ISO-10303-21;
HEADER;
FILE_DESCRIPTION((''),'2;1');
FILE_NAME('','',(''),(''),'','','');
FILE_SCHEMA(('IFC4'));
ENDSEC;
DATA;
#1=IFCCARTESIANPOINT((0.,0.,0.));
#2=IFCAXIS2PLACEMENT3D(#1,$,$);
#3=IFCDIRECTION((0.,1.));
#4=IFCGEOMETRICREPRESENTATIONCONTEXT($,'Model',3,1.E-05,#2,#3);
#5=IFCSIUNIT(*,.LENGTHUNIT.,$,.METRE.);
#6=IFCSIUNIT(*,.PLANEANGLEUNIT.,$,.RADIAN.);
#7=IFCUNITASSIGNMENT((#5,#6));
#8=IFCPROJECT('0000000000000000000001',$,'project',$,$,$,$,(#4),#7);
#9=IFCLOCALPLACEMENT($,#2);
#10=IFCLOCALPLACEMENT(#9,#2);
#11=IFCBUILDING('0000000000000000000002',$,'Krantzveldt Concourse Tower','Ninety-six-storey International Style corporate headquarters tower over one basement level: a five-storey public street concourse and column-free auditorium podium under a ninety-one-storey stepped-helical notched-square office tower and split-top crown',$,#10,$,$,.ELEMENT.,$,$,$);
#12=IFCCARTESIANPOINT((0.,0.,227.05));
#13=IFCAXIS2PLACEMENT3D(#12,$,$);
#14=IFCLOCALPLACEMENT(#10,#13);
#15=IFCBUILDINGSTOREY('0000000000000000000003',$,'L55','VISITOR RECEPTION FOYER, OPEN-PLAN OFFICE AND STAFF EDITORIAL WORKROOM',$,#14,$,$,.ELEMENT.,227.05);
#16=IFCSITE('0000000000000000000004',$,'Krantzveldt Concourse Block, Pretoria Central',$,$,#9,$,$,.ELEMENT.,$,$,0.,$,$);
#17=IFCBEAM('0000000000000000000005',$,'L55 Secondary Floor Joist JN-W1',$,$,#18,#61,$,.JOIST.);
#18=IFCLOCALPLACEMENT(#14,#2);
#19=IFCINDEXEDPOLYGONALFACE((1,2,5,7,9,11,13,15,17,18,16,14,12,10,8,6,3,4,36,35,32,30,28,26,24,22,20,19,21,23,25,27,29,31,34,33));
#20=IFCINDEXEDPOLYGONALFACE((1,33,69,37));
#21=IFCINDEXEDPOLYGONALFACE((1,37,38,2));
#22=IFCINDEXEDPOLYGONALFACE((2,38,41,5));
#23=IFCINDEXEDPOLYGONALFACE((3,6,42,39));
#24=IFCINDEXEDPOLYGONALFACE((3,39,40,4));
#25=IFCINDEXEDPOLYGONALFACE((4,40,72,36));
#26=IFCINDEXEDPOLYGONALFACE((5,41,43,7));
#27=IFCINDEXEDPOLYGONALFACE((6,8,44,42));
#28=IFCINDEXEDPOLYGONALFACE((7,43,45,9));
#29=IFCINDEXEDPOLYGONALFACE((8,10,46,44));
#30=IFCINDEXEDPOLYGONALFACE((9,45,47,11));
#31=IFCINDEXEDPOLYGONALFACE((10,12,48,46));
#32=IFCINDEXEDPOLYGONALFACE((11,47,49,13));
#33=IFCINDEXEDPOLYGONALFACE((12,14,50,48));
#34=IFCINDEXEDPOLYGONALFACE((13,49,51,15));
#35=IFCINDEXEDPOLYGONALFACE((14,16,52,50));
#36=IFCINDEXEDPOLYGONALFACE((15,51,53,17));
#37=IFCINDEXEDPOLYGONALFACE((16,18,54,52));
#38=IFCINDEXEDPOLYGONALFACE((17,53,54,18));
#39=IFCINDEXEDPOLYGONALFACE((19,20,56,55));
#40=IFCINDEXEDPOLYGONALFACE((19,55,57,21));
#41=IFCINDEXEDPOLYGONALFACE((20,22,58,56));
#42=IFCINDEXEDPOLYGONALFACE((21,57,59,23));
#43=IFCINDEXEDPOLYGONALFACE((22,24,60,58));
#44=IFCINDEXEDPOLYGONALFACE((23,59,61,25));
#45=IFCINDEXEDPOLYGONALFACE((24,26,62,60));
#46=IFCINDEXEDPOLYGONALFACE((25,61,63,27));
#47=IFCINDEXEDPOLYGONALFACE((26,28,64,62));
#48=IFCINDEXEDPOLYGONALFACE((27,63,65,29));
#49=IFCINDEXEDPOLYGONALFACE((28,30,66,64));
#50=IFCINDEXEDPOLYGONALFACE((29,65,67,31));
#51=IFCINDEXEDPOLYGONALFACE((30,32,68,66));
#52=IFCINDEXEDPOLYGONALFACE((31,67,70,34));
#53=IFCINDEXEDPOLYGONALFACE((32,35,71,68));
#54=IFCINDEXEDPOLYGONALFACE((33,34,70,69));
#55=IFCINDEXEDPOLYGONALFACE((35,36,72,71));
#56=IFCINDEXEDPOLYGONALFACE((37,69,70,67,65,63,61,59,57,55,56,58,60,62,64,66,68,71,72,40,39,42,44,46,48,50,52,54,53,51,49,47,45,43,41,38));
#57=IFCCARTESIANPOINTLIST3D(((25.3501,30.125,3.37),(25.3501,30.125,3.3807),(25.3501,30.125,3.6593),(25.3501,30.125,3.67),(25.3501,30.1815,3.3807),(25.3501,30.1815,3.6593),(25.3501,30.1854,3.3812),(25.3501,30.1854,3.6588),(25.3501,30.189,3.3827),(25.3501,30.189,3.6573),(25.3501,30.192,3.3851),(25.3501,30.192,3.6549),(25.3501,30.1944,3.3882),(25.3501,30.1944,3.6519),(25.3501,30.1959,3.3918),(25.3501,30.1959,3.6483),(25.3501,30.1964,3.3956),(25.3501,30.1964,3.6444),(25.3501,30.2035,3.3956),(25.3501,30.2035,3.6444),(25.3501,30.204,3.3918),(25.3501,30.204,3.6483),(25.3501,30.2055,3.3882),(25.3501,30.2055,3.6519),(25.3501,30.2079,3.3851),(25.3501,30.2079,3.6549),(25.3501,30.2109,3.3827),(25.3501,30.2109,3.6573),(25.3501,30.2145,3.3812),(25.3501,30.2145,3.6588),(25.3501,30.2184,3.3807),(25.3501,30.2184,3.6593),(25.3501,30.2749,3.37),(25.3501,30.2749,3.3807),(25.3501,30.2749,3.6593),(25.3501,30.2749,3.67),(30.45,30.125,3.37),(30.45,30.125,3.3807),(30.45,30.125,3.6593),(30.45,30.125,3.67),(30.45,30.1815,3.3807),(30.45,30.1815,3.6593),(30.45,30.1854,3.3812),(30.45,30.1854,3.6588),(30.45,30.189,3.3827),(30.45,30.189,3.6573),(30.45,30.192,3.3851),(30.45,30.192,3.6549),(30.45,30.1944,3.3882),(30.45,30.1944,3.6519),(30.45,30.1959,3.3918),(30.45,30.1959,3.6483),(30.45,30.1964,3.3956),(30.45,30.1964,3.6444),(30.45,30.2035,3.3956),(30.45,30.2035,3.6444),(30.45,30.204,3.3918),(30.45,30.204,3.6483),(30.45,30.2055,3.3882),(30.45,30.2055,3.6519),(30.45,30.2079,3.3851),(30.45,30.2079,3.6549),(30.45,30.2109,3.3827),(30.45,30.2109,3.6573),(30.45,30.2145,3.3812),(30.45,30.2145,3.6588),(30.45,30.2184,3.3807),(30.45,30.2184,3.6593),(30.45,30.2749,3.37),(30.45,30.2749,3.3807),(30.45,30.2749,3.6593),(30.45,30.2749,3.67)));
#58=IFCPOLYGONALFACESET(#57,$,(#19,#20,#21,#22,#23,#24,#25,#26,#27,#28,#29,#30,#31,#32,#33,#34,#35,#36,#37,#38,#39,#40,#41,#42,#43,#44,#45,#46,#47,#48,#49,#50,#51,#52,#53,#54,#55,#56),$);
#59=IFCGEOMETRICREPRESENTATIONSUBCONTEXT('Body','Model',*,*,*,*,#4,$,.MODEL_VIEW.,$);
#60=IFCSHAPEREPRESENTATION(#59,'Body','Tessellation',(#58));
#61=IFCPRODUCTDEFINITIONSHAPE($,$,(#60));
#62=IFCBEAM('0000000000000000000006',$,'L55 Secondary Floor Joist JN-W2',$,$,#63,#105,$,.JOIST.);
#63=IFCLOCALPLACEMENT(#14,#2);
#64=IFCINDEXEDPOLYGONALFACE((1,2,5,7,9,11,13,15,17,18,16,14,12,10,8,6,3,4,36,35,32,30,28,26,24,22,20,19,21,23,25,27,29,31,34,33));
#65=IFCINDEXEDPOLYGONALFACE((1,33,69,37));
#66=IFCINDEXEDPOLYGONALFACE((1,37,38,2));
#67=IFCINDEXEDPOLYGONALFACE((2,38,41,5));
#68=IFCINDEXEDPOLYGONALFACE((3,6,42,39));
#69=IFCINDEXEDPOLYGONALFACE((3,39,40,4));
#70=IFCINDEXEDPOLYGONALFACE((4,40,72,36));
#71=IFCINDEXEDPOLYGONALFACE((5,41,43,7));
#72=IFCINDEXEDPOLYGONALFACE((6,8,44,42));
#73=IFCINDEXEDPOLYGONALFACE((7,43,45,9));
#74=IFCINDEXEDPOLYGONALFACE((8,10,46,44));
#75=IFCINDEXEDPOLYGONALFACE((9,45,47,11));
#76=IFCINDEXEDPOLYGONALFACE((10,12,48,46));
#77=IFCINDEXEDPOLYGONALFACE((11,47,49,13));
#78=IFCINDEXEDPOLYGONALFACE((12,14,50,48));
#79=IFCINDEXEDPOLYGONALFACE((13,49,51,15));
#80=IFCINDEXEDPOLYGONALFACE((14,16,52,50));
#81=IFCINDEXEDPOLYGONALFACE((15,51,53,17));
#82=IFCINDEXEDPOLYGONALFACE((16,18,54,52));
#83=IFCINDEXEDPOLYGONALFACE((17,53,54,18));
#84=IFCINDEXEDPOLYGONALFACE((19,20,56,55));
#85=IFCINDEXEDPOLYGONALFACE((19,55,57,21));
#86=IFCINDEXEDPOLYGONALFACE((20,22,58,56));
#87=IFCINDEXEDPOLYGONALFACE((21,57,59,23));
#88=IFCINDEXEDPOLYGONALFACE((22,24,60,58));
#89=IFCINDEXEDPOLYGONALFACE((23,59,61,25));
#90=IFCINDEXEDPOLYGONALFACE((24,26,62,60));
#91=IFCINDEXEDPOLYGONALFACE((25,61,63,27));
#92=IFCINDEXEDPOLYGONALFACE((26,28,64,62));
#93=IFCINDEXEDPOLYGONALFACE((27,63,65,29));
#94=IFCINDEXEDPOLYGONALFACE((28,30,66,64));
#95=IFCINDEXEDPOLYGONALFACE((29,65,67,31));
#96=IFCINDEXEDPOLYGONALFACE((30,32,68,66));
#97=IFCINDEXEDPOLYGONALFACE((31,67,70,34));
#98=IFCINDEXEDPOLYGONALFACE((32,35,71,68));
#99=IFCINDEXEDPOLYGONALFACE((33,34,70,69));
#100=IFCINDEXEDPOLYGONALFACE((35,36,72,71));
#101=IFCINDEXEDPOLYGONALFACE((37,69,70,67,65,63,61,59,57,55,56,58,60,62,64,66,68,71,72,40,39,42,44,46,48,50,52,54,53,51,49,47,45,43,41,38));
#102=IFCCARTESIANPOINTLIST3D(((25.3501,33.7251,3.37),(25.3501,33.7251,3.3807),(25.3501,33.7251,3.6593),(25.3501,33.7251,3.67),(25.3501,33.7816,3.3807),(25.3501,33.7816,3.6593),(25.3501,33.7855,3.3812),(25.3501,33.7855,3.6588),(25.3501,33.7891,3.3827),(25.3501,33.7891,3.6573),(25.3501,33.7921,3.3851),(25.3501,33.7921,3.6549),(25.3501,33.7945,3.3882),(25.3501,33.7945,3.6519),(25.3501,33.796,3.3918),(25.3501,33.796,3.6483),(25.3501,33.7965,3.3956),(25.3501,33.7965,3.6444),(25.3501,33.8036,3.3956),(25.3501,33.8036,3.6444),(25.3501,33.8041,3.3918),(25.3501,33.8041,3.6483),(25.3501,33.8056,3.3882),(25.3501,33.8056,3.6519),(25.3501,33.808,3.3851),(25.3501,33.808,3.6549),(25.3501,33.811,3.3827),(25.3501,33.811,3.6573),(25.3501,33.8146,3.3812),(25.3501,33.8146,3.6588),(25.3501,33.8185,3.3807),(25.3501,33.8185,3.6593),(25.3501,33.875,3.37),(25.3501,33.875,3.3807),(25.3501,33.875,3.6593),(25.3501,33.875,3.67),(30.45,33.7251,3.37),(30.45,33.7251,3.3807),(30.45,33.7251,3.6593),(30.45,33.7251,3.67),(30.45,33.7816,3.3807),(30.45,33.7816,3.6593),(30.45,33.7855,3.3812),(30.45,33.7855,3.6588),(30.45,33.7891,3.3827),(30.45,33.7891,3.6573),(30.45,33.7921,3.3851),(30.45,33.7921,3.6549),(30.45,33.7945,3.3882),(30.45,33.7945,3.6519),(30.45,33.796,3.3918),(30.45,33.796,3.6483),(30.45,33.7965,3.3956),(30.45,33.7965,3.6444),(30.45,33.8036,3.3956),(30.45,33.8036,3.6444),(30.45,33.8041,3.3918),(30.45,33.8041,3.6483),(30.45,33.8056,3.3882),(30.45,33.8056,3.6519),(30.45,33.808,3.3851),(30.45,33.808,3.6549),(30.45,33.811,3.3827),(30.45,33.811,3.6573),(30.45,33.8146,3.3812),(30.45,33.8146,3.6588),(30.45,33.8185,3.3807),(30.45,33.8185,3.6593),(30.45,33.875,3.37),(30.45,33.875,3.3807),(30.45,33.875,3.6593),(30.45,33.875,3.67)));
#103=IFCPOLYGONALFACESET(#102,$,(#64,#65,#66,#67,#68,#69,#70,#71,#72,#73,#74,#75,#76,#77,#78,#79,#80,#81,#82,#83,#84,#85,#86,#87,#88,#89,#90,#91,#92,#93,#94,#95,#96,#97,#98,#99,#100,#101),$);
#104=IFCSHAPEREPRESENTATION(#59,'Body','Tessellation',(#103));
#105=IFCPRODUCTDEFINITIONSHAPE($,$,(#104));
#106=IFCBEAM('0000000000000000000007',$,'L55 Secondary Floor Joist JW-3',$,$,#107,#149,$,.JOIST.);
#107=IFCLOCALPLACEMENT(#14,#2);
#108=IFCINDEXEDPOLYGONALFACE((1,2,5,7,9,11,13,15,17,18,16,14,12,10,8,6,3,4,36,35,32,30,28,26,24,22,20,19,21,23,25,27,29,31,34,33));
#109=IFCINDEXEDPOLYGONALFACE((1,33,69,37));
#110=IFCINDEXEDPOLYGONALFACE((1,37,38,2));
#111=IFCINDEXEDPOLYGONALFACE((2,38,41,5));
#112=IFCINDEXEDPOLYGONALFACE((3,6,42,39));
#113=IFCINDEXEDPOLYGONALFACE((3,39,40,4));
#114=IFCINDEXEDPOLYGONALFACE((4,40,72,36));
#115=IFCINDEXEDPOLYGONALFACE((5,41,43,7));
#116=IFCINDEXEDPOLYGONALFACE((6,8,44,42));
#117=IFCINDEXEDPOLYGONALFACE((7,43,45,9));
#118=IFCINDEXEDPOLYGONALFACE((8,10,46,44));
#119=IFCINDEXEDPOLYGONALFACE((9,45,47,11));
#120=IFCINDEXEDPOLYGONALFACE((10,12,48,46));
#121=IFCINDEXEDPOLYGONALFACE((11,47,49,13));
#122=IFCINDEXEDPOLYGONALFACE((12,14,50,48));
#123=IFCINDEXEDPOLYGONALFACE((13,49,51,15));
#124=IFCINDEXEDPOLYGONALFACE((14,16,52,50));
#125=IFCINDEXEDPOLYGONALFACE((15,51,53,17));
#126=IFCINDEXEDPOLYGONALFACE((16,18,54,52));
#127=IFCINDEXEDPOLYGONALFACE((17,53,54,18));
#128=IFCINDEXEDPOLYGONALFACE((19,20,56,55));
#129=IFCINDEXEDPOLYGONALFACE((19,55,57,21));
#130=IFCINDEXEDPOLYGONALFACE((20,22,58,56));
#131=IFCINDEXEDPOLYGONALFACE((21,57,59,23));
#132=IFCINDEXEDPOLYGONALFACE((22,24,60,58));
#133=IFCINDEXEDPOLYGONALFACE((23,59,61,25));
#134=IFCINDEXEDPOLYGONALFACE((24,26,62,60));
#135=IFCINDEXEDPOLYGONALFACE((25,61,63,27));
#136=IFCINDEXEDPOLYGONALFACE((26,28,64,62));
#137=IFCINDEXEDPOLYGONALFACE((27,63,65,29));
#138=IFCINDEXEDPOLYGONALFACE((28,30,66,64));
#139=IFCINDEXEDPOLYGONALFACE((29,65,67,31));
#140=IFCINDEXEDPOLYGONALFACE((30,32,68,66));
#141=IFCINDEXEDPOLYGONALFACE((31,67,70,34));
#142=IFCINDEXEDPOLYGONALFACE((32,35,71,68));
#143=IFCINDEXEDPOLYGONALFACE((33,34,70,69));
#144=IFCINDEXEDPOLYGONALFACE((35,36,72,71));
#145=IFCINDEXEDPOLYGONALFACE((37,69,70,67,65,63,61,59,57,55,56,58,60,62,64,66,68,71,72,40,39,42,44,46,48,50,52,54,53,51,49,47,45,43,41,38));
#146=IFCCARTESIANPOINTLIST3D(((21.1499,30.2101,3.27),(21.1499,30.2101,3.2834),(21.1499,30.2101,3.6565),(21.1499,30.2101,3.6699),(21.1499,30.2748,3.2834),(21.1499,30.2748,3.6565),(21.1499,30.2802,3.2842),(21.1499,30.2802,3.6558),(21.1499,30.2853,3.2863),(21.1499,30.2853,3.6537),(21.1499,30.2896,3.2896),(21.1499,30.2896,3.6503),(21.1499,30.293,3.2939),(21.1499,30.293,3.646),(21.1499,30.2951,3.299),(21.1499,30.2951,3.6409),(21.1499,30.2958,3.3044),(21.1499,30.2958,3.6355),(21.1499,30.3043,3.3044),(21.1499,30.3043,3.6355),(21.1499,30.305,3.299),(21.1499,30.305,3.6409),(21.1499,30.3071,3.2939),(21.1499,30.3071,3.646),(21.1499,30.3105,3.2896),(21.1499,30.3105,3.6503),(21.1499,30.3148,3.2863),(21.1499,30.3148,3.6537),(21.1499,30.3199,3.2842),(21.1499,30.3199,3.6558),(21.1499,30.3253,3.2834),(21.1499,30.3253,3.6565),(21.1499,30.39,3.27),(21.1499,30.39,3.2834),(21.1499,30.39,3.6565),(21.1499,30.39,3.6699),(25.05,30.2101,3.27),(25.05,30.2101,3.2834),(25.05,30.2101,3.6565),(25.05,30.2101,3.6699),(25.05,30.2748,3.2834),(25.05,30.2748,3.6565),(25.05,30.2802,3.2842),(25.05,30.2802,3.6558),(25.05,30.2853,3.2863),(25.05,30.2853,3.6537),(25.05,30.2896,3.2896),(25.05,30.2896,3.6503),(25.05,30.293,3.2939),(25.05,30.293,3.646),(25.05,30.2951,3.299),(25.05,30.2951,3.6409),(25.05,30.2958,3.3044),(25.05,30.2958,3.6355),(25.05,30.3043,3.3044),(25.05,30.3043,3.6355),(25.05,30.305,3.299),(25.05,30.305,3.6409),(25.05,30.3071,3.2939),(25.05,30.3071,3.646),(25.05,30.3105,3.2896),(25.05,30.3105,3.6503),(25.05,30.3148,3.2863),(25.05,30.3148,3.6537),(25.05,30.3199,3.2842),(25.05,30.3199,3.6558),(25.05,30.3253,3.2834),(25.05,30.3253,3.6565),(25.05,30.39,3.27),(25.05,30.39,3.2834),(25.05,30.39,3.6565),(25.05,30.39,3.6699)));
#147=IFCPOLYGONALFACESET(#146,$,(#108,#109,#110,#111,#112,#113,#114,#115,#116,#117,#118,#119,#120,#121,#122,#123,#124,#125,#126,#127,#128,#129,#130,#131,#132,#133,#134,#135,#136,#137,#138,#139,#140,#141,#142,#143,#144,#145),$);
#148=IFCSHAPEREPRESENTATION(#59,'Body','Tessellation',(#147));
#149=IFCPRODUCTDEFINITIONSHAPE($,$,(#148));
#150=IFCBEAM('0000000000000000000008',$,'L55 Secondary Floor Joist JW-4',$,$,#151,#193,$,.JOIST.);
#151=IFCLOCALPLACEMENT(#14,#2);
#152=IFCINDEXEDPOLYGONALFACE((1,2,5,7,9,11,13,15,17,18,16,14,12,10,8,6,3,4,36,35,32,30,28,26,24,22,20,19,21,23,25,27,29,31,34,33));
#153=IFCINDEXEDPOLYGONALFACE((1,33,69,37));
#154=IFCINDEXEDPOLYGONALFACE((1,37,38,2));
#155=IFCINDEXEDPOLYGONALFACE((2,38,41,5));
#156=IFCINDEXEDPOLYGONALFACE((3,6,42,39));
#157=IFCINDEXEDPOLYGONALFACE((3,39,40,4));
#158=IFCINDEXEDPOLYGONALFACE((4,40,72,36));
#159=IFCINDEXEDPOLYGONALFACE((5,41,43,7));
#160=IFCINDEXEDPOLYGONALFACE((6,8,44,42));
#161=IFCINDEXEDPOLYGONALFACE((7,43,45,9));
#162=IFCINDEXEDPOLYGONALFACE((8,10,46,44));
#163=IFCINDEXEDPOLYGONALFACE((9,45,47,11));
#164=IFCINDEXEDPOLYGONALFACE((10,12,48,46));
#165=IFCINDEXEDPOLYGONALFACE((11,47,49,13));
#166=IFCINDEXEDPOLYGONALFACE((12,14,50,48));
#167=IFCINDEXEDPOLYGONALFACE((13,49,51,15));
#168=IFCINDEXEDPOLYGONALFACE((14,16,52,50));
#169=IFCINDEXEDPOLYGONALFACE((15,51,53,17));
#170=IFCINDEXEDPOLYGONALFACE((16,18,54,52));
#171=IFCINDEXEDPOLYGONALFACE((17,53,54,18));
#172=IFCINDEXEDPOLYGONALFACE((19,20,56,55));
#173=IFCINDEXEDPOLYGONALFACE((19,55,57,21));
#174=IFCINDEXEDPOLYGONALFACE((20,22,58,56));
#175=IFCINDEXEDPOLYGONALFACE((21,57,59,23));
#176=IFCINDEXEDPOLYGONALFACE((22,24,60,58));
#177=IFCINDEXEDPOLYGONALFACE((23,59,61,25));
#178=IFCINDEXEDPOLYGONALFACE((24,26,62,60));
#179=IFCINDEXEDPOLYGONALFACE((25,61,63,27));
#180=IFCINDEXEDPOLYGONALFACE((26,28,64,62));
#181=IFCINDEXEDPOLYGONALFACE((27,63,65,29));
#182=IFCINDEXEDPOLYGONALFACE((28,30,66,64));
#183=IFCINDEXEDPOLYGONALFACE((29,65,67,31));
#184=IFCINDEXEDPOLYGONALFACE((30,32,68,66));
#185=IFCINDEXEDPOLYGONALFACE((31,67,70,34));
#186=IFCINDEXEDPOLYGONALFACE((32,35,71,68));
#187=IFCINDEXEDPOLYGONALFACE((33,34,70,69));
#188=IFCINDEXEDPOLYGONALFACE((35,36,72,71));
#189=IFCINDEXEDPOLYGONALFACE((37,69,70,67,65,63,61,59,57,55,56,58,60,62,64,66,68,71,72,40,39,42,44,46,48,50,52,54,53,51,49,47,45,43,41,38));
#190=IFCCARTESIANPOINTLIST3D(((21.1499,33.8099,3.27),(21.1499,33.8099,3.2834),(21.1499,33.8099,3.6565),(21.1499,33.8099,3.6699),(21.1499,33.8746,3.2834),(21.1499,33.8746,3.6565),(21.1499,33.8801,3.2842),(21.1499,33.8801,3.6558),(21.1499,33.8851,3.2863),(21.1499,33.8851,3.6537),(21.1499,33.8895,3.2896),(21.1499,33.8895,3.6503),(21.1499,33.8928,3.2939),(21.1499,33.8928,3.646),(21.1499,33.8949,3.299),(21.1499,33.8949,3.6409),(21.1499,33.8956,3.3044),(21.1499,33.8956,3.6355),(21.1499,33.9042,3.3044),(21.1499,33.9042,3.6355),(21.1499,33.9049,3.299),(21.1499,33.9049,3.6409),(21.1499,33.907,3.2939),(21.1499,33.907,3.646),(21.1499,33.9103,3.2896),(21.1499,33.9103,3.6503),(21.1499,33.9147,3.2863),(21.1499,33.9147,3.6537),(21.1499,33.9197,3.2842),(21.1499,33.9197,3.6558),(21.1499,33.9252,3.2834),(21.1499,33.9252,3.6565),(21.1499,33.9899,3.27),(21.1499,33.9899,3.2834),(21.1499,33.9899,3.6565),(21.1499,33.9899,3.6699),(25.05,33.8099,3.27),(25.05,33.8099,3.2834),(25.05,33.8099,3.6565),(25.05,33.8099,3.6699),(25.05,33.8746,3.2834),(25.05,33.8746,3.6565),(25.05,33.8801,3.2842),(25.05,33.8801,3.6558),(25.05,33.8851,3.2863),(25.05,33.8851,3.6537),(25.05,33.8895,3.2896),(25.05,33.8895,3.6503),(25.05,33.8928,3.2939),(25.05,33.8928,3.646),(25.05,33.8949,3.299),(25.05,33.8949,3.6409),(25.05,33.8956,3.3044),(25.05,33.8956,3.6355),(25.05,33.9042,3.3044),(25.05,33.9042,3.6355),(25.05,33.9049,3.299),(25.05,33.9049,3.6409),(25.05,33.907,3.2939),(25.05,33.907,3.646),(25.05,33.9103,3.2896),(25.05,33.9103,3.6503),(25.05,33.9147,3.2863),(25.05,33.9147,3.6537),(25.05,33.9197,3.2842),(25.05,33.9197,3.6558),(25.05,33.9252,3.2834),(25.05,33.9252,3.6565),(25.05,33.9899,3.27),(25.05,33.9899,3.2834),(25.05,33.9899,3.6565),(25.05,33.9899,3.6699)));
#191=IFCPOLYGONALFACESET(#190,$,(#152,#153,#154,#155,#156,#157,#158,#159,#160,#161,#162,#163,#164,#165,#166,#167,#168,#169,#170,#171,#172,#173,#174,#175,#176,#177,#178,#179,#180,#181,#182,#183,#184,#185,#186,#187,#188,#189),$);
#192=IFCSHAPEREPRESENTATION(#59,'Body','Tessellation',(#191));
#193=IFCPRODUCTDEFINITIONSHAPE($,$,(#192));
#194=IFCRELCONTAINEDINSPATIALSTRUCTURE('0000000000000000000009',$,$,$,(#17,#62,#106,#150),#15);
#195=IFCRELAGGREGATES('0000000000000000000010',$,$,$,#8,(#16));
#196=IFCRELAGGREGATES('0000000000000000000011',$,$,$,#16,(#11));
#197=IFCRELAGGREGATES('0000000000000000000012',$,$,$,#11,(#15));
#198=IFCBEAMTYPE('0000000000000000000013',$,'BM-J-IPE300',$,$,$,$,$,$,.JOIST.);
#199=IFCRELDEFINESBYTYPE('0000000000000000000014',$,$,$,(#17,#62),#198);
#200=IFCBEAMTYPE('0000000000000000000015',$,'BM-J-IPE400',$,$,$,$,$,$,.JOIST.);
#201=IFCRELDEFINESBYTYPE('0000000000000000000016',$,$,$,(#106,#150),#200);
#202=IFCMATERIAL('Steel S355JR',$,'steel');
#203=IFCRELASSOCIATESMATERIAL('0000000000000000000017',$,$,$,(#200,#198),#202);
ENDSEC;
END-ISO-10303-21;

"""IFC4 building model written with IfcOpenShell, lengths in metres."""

from ifc_helpers import new_model, si_unit, direction, frame, origin, origin_2d, place, context, subcontext, project, spatial, i_section, extrude, source, transform, mapped, material, material_profile, profile_set, type_object, type_shapes, element, save


model = new_model("IFC4")

# Units and contexts
model_context = context("Model", 3, precision=1e-05, world=origin(), true_north=direction((0.0, 1.0)))
body_context = subcontext(model_context, "Body", "Model", "MODEL_VIEW")
ifc_project = project(units=[si_unit("LENGTHUNIT", "METRE"), si_unit("PLANEANGLEUNIT", "RADIAN")], contexts=[model_context])

# Site, building, storey
site_placement = place(None, origin())
site = spatial("IfcSite", under=ifc_project, at=site_placement, Name="Krantzveldt Concourse Block, Pretoria Central", CompositionType="ELEMENT", RefElevation=0.0)
building_placement = place(site_placement, origin())
building = spatial("IfcBuilding", under=site, at=building_placement, Name="Krantzveldt Concourse Tower", Description="Ninety-six-storey International Style corporate headquarters tower over one basement level: a five-storey public street concourse and column-free auditorium podium under a ninety-one-storey stepped-helical notched-square office tower and split-top crown", CompositionType="ELEMENT")
storey_placement = place(building_placement, frame((0.0, 0.0, 227.05)))
storey = spatial("IfcBuildingStorey", under=building, at=storey_placement, Name="L55", Description="VISITOR RECEPTION FOYER, OPEN-PLAN OFFICE AND STAFF EDITORIAL WORKROOM", CompositionType="ELEMENT", Elevation=227.05)

# Beams
ifc_material_1 = material(Name="Steel S355JR", Category="steel")
ifc_material_profile_1 = material_profile(ifc_material_1, i_section(OverallWidth=0.1799, OverallDepth=0.3999, WebThickness=0.0085, FlangeThickness=0.0134, FilletRadius=0.021, at=origin_2d()), Name="Steel S355JR", Category="steel")
ifc_profile_set_1 = profile_set([ifc_material_profile_1], Name="Steel S355JR - IPE 400")
beam_type_1 = type_object("IfcBeamType", Name="BM-J-IPE400", PredefinedType="JOIST", material=ifc_profile_set_1)
ifc_material_profile_2 = material_profile(ifc_material_1, i_section(OverallWidth=0.1499, OverallDepth=0.3, WebThickness=0.0071, FlangeThickness=0.0107, FilletRadius=0.0149, at=origin_2d()), Name="Steel S355JR", Category="steel")
ifc_profile_set_2 = profile_set([ifc_material_profile_2], Name="Steel S355JR - IPE 300")
beam_type_2 = type_object("IfcBeamType", Name="BM-J-IPE300", PredefinedType="JOIST", material=ifc_profile_set_2)
shared_shape_1 = source(origin(), body_context, "Body", "SweptSolid", [
    extrude(i_section(OverallWidth=0.1499, OverallDepth=0.3, WebThickness=0.0071, FlangeThickness=0.0107, FilletRadius=0.0149, at=origin_2d()), origin(), (0.0, 0.0, 1.0), 5.0999),
])
type_shapes(beam_type_2, [shared_shape_1])
for number, where, z_axis, x_axis, name in (
    (1, (25.3501, 30.2, 3.52), (1.0, 0.0, 0.0), (0.0, 1.0, 0.0), "L55 Secondary Floor Joist JN-W1"),
    (2, (25.3501, 33.8, 3.52), (1.0, 0.0, 0.0), (0.0, 1.0, 0.0), "L55 Secondary Floor Joist JN-W2"),
):
    element("IfcBeam", number, at=place(storey_placement, frame(where, z_axis=z_axis, x_axis=x_axis)), inside=storey, type_object=beam_type_2, Name=name, PredefinedType="JOIST", context=body_context, shape_type="MappedRepresentation", body=[
        mapped(shared_shape_1, transform((0.0, 0.0, 0.0), x_axis=(1.0, 0.0, 0.0), y_axis=(0.0, 1.0, 0.0), z_axis=(0.0, 0.0, 1.0), scale=1.0)),
    ])
shared_shape_2 = source(origin(), body_context, "Body", "SweptSolid", [
    extrude(i_section(OverallWidth=0.1799, OverallDepth=0.3999, WebThickness=0.0085, FlangeThickness=0.0134, FilletRadius=0.021, at=origin_2d()), origin(), (0.0, 0.0, 1.0), 3.9001),
])
for number, where, z_axis, x_axis, name in (
    (3, (21.1499, 30.3, 3.47), (1.0, 0.0, 0.0), (0.0, 1.0, 0.0), "L55 Secondary Floor Joist JW-3"),
    (4, (21.1499, 33.8999, 3.47), (1.0, 0.0, 0.0), (0.0, 1.0, 0.0), "L55 Secondary Floor Joist JW-4"),
):
    element("IfcBeam", number, at=place(storey_placement, frame(where, z_axis=z_axis, x_axis=x_axis)), inside=storey, type_object=beam_type_1, Name=name, PredefinedType="JOIST", context=body_context, shape_type="MappedRepresentation", body=[
        mapped(shared_shape_2, transform((0.0, 0.0, 0.0), x_axis=(1.0, 0.0, 0.0), y_axis=(0.0, 1.0, 0.0), z_axis=(0.0, 0.0, 1.0), scale=1.0)),
    ])

save(model, "model.ifc")
